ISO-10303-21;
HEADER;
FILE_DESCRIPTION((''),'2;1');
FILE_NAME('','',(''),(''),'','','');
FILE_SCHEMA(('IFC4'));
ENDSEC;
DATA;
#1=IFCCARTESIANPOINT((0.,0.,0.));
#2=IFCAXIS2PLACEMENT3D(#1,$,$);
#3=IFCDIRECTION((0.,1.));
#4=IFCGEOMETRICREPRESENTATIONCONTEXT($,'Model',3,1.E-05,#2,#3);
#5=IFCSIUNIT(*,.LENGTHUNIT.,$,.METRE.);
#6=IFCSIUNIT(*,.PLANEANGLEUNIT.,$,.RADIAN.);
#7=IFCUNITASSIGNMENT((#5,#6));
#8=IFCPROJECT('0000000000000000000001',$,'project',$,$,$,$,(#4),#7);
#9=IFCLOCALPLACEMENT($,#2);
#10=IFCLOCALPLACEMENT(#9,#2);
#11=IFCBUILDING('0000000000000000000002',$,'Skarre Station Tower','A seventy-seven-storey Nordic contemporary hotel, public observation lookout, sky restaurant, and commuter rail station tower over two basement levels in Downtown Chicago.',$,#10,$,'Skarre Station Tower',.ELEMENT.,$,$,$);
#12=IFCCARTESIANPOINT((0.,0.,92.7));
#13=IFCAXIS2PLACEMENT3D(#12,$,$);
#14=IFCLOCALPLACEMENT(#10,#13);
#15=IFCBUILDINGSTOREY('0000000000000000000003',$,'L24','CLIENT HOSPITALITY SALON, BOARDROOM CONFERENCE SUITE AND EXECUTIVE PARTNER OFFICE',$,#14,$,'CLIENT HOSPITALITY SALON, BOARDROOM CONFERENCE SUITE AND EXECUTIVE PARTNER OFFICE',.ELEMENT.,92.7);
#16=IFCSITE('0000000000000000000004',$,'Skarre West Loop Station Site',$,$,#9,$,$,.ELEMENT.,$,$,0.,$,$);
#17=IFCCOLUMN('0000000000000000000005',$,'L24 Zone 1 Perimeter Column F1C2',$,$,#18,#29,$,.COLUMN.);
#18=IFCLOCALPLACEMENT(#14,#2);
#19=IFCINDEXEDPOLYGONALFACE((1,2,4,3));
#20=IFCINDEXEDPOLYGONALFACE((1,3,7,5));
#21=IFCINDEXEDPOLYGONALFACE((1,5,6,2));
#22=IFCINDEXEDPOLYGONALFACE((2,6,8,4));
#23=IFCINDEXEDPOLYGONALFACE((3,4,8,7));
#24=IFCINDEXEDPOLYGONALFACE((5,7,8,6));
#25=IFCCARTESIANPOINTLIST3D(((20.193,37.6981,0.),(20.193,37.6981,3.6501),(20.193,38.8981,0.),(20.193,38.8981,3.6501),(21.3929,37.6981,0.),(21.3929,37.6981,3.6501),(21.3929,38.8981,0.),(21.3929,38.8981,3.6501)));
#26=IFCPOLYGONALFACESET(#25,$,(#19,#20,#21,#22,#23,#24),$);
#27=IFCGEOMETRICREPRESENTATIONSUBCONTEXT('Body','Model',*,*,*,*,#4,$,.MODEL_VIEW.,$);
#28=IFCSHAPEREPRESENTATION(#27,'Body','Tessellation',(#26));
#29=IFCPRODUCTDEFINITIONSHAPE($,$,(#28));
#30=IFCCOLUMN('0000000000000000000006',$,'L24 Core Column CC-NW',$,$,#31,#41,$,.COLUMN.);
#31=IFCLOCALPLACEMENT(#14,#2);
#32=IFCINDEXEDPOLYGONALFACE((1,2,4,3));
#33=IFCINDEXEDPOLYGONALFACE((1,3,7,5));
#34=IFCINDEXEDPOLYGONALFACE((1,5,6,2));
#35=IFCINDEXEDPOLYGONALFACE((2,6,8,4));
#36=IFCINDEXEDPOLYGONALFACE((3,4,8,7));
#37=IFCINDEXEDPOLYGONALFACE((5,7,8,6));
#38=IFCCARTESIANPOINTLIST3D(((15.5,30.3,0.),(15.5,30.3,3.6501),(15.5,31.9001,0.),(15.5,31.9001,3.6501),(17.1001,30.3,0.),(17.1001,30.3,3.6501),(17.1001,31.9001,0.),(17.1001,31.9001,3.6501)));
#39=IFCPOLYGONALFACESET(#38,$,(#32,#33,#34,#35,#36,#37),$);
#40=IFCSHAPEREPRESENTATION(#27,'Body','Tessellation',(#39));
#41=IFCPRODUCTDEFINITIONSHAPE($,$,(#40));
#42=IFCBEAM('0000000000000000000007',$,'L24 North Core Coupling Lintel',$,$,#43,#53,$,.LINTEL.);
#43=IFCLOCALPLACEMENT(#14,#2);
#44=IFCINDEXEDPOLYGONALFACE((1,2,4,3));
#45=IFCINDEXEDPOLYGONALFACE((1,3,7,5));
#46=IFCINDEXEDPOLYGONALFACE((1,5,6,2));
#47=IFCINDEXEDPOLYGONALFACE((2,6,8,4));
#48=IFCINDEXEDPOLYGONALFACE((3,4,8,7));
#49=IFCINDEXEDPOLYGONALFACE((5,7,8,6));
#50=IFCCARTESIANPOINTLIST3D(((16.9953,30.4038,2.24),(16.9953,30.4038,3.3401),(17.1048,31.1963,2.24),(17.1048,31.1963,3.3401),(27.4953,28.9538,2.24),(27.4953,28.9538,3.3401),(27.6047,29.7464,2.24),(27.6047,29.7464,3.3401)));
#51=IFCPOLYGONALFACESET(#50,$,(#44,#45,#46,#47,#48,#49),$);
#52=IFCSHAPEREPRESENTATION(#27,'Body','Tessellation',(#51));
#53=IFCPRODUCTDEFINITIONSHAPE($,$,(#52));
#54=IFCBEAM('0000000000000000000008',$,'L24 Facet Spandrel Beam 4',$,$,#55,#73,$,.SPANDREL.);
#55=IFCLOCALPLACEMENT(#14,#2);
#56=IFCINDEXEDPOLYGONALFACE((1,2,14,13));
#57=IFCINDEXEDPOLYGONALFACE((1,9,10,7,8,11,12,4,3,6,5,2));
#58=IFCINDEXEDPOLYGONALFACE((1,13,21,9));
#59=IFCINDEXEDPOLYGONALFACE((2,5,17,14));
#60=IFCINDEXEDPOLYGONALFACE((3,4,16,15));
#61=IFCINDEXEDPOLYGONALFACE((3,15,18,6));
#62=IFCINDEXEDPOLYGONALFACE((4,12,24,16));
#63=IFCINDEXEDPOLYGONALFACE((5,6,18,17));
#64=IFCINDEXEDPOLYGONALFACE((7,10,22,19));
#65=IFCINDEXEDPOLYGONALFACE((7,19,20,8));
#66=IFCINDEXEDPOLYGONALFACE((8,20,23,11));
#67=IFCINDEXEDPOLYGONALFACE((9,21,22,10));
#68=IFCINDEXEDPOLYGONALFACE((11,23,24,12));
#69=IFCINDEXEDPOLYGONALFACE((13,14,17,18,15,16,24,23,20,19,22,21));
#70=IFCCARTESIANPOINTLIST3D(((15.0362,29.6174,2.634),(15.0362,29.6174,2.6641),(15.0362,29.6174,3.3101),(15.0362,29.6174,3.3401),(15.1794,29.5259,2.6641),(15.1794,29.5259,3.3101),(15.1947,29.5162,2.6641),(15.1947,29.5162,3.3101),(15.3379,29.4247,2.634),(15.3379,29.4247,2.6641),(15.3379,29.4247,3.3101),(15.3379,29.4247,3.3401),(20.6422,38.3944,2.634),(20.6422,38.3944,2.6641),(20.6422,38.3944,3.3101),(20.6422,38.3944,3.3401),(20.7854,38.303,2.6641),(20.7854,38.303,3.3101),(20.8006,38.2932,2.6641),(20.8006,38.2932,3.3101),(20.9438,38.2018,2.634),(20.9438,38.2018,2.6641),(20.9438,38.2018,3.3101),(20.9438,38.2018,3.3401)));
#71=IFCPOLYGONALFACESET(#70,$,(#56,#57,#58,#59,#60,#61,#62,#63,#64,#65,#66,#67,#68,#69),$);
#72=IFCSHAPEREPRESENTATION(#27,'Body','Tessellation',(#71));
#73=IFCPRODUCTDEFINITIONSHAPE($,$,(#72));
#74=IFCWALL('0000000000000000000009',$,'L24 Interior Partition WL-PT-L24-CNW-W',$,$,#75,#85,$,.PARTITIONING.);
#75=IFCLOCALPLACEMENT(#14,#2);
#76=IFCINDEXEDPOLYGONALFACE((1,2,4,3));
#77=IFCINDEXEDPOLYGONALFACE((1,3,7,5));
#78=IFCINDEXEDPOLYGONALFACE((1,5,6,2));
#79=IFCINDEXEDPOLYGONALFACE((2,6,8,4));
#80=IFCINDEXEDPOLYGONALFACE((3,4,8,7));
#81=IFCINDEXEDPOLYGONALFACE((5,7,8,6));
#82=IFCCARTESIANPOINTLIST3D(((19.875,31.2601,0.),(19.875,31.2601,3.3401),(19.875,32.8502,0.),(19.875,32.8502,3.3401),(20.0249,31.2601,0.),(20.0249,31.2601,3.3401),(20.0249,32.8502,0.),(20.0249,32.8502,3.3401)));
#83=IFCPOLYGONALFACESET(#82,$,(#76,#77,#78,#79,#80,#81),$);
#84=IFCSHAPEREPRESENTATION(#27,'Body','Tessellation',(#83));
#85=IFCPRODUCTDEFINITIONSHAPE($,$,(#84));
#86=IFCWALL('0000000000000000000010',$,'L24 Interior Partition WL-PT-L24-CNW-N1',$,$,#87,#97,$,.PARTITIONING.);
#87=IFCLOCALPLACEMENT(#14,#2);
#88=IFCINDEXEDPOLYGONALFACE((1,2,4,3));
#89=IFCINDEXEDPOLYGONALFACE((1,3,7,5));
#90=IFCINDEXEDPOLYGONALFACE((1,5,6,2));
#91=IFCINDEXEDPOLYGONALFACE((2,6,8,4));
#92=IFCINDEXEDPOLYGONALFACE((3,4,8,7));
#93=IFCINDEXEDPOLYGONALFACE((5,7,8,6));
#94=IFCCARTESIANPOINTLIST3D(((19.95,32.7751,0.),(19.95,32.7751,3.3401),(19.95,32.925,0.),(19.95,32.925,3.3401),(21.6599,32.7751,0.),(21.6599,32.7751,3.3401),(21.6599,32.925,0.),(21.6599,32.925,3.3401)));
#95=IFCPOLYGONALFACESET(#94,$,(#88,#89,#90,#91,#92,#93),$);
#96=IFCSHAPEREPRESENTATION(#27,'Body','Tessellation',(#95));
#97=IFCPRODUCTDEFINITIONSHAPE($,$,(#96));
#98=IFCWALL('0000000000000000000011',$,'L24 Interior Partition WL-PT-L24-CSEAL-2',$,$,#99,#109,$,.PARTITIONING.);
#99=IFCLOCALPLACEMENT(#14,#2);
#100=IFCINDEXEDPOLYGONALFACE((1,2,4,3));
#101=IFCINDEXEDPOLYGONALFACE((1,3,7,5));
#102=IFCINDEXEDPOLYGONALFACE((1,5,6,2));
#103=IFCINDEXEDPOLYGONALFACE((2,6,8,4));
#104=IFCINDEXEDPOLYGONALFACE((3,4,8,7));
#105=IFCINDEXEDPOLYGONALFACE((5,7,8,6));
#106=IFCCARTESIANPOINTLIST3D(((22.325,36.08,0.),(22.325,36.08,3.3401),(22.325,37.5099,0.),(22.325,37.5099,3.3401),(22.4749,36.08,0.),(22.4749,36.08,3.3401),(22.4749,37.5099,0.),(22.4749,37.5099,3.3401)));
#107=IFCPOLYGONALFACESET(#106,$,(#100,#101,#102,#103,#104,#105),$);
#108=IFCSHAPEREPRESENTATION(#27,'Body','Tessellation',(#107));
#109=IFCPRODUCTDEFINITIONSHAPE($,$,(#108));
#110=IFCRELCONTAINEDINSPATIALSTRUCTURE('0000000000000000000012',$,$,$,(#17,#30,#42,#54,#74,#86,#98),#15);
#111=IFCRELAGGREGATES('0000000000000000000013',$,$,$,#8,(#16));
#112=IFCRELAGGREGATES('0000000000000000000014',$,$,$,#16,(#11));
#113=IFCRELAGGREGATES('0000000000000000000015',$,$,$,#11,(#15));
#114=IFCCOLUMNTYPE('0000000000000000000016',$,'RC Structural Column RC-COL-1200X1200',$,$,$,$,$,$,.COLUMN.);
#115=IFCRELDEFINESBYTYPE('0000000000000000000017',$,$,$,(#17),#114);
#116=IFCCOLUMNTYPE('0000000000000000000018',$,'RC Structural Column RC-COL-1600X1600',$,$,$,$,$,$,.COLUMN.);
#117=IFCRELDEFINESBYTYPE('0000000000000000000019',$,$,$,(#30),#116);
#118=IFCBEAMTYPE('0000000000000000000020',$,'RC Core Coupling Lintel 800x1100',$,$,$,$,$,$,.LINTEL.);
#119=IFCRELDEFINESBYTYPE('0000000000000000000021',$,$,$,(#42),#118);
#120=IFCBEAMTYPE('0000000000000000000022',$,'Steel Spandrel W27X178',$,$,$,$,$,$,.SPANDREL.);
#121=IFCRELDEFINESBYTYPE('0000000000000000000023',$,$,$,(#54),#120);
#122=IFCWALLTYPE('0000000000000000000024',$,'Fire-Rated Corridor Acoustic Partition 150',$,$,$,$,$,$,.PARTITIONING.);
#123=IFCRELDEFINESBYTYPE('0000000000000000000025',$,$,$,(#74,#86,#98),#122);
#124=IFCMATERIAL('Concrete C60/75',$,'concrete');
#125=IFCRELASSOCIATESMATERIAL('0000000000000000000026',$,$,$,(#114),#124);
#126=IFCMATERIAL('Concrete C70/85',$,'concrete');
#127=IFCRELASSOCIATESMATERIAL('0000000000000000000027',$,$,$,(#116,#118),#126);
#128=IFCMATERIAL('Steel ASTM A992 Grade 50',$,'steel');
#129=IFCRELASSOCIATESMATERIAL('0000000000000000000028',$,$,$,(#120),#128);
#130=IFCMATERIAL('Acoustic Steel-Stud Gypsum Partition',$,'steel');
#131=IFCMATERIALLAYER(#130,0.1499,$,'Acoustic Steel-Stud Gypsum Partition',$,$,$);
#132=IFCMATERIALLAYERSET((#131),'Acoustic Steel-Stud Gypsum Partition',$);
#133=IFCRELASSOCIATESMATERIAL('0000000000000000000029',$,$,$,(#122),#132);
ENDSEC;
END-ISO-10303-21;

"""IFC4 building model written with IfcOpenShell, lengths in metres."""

from ifc_helpers import new_model, si_unit, direction, frame, frame_2d, origin, origin_2d, place, context, subcontext, project, spatial, rectangle, i_section, extrude, material, layer, layer_set, material_profile, profile_set, type_object, element, save


model = new_model("IFC4")

# Units and contexts
model_context = context("Model", 3, precision=1e-05, world=origin(), true_north=direction((0.0, 1.0)))
body_context = subcontext(model_context, "Body", "Model", "MODEL_VIEW")
ifc_project = project(units=[si_unit("LENGTHUNIT", "METRE"), si_unit("PLANEANGLEUNIT", "RADIAN")], contexts=[model_context])

# Site, building, storey
site_placement = place(None, origin())
site = spatial("IfcSite", under=ifc_project, at=site_placement, Name="Skarre West Loop Station Site", CompositionType="ELEMENT", RefElevation=0.0)
building_placement = place(site_placement, origin())
building = spatial("IfcBuilding", under=site, at=building_placement, Name="Skarre Station Tower", Description="A seventy-seven-storey Nordic contemporary hotel, public observation lookout, sky restaurant, and commuter rail station tower over two basement levels in Downtown Chicago.", LongName="Skarre Station Tower", CompositionType="ELEMENT")
storey_placement = place(building_placement, frame((0.0, 0.0, 92.7)))
storey = spatial("IfcBuildingStorey", under=building, at=storey_placement, Name="L24", Description="CLIENT HOSPITALITY SALON, BOARDROOM CONFERENCE SUITE AND EXECUTIVE PARTNER OFFICE", LongName="CLIENT HOSPITALITY SALON, BOARDROOM CONFERENCE SUITE AND EXECUTIVE PARTNER OFFICE", CompositionType="ELEMENT", Elevation=92.7)

# Columns
ifc_material_1 = material(Name="Concrete C60/75", Category="concrete")
ifc_material_profile_1 = material_profile(ifc_material_1, rectangle(XDim=1.2, YDim=1.2, at=origin_2d()), Name="Concrete C60/75")
ifc_profile_set_1 = profile_set([ifc_material_profile_1], Name="Concrete C60/75")
column_type_1 = type_object("IfcColumnType", Name="RC Structural Column RC-COL-1200X1200", PredefinedType="COLUMN", material=ifc_profile_set_1)
column_1_placement = place(storey_placement, frame((20.793, 38.2981, 0.0), z_axis=(0.0, 0.0, 1.0), x_axis=(1.0, 0.0, 0.0)))
element("IfcColumn", 1, at=column_1_placement, inside=storey, type_object=column_type_1, Name="L24 Zone 1 Perimeter Column F1C2", PredefinedType="COLUMN", context=body_context, shape_type="SweptSolid", body=[
    extrude(rectangle(XDim=1.2, YDim=1.2, at=origin_2d()), origin(), (0.0, 0.0, 1.0), 3.6501),
])
ifc_material_2 = material(Name="Concrete C70/85", Category="concrete")
ifc_material_profile_2 = material_profile(ifc_material_2, rectangle(XDim=1.6001, YDim=1.6001, at=origin_2d()), Name="Concrete C70/85")
ifc_profile_set_2 = profile_set([ifc_material_profile_2], Name="Concrete C70/85")
column_type_2 = type_object("IfcColumnType", Name="RC Structural Column RC-COL-1600X1600", PredefinedType="COLUMN", material=ifc_profile_set_2)
column_2_placement = place(storey_placement, frame((16.3, 31.1001, 0.0), z_axis=(0.0, 0.0, 1.0), x_axis=(1.0, 0.0, 0.0)))
element("IfcColumn", 2, at=column_2_placement, inside=storey, type_object=column_type_2, Name="L24 Core Column CC-NW", PredefinedType="COLUMN", context=body_context, shape_type="SweptSolid", body=[
    extrude(rectangle(XDim=1.6001, YDim=1.6001, at=origin_2d()), origin(), (0.0, 0.0, 1.0), 3.6501),
])

# Beams
ifc_material_profile_3 = material_profile(ifc_material_2, rectangle(XDim=0.8, YDim=1.1001, at=origin_2d()), Name="Concrete C70/85")
ifc_profile_set_3 = profile_set([ifc_material_profile_3], Name="Concrete C70/85")
beam_type_1 = type_object("IfcBeamType", Name="RC Core Coupling Lintel 800x1100", PredefinedType="LINTEL", material=ifc_profile_set_3)
beam_1_placement = place(storey_placement, frame((17.05, 30.8, 2.79), z_axis=(0.9906, -0.136792, 0.0), x_axis=(0.136792, 0.9906, 0.0)))
element("IfcBeam", 3, at=beam_1_placement, inside=storey, type_object=beam_type_1, Name="L24 North Core Coupling Lintel", PredefinedType="LINTEL", context=body_context, shape_type="SweptSolid", body=[
    extrude(rectangle(XDim=0.8, YDim=1.1001, at=origin_2d()), origin(), (0.0, 0.0, 1.0), 10.5996),
])
ifc_material_3 = material(Name="Steel ASTM A992 Grade 50", Category="steel")
ifc_material_profile_4 = material_profile(ifc_material_3, i_section(OverallWidth=0.3579, OverallDepth=0.7061, WebThickness=0.0181, FlangeThickness=0.03, at=origin_2d()), Name="Steel ASTM A992 Grade 50")
ifc_profile_set_4 = profile_set([ifc_material_profile_4], Name="Steel ASTM A992 Grade 50")
beam_type_2 = type_object("IfcBeamType", Name="Steel Spandrel W27X178", PredefinedType="SPANDREL", material=ifc_profile_set_4)
beam_2_placement = place(storey_placement, frame((20.793, 38.2981, 2.9871), z_axis=(-0.538278, -0.842767, 0.0), x_axis=(0.842767, -0.538278, 0.0)))
element("IfcBeam", 4, at=beam_2_placement, inside=storey, type_object=beam_type_2, Name="L24 Facet Spandrel Beam 4", PredefinedType="SPANDREL", context=body_context, shape_type="SweptSolid", body=[
    extrude(i_section(OverallWidth=0.3579, OverallDepth=0.7061, WebThickness=0.0181, FlangeThickness=0.03, at=origin_2d()), origin(), (0.0, 0.0, 1.0), 10.4146),
])

# Walls
ifc_material_4 = material(Name="Acoustic Steel-Stud Gypsum Partition", Category="steel")
ifc_layer_1 = layer(ifc_material_4, 0.1499, Name="Acoustic Steel-Stud Gypsum Partition")
ifc_layer_set_1 = layer_set([ifc_layer_1], Name="Acoustic Steel-Stud Gypsum Partition")
wall_type_1 = type_object("IfcWallType", Name="Fire-Rated Corridor Acoustic Partition 150", PredefinedType="PARTITIONING", material=ifc_layer_set_1)
wall_1_placement = place(storey_placement, frame((19.95, 32.8501, 0.0), z_axis=(0.0, 0.0, 1.0), x_axis=(0.0, -1.0, 0.0)))
element("IfcWall", 5, at=wall_1_placement, inside=storey, type_object=wall_type_1, Name="L24 Interior Partition WL-PT-L24-CNW-W", PredefinedType="PARTITIONING", context=body_context, shape_type="SweptSolid", body=[
    extrude(rectangle(XDim=1.5901, YDim=0.1499, at=frame_2d((0.7949, 0.0))), origin(), (0.0, 0.0, 1.0), 3.3401),
])
wall_2_placement = place(storey_placement, frame((21.6599, 32.8501, 0.0), z_axis=(0.0, 0.0, 1.0), x_axis=(-1.0, 0.0, 0.0)))
element("IfcWall", 6, at=wall_2_placement, inside=storey, type_object=wall_type_1, Name="L24 Interior Partition WL-PT-L24-CNW-N1", PredefinedType="PARTITIONING", context=body_context, shape_type="SweptSolid", body=[
    extrude(rectangle(XDim=1.71, YDim=0.1499, at=frame_2d((0.855, 0.0))), origin(), (0.0, 0.0, 1.0), 3.3401),
])
wall_3_placement = place(storey_placement, frame((22.3999, 36.0801, 0.0), z_axis=(0.0, 0.0, 1.0), x_axis=(0.0, 1.0, 0.0)))
element("IfcWall", 7, at=wall_3_placement, inside=storey, type_object=wall_type_1, Name="L24 Interior Partition WL-PT-L24-CSEAL-2", PredefinedType="PARTITIONING", context=body_context, shape_type="SweptSolid", body=[
    extrude(rectangle(XDim=1.4299, YDim=0.1499, at=frame_2d((0.7148, 0.0))), origin(), (0.0, 0.0, 1.0), 3.3401),
])

save(model, "model.ifc")
